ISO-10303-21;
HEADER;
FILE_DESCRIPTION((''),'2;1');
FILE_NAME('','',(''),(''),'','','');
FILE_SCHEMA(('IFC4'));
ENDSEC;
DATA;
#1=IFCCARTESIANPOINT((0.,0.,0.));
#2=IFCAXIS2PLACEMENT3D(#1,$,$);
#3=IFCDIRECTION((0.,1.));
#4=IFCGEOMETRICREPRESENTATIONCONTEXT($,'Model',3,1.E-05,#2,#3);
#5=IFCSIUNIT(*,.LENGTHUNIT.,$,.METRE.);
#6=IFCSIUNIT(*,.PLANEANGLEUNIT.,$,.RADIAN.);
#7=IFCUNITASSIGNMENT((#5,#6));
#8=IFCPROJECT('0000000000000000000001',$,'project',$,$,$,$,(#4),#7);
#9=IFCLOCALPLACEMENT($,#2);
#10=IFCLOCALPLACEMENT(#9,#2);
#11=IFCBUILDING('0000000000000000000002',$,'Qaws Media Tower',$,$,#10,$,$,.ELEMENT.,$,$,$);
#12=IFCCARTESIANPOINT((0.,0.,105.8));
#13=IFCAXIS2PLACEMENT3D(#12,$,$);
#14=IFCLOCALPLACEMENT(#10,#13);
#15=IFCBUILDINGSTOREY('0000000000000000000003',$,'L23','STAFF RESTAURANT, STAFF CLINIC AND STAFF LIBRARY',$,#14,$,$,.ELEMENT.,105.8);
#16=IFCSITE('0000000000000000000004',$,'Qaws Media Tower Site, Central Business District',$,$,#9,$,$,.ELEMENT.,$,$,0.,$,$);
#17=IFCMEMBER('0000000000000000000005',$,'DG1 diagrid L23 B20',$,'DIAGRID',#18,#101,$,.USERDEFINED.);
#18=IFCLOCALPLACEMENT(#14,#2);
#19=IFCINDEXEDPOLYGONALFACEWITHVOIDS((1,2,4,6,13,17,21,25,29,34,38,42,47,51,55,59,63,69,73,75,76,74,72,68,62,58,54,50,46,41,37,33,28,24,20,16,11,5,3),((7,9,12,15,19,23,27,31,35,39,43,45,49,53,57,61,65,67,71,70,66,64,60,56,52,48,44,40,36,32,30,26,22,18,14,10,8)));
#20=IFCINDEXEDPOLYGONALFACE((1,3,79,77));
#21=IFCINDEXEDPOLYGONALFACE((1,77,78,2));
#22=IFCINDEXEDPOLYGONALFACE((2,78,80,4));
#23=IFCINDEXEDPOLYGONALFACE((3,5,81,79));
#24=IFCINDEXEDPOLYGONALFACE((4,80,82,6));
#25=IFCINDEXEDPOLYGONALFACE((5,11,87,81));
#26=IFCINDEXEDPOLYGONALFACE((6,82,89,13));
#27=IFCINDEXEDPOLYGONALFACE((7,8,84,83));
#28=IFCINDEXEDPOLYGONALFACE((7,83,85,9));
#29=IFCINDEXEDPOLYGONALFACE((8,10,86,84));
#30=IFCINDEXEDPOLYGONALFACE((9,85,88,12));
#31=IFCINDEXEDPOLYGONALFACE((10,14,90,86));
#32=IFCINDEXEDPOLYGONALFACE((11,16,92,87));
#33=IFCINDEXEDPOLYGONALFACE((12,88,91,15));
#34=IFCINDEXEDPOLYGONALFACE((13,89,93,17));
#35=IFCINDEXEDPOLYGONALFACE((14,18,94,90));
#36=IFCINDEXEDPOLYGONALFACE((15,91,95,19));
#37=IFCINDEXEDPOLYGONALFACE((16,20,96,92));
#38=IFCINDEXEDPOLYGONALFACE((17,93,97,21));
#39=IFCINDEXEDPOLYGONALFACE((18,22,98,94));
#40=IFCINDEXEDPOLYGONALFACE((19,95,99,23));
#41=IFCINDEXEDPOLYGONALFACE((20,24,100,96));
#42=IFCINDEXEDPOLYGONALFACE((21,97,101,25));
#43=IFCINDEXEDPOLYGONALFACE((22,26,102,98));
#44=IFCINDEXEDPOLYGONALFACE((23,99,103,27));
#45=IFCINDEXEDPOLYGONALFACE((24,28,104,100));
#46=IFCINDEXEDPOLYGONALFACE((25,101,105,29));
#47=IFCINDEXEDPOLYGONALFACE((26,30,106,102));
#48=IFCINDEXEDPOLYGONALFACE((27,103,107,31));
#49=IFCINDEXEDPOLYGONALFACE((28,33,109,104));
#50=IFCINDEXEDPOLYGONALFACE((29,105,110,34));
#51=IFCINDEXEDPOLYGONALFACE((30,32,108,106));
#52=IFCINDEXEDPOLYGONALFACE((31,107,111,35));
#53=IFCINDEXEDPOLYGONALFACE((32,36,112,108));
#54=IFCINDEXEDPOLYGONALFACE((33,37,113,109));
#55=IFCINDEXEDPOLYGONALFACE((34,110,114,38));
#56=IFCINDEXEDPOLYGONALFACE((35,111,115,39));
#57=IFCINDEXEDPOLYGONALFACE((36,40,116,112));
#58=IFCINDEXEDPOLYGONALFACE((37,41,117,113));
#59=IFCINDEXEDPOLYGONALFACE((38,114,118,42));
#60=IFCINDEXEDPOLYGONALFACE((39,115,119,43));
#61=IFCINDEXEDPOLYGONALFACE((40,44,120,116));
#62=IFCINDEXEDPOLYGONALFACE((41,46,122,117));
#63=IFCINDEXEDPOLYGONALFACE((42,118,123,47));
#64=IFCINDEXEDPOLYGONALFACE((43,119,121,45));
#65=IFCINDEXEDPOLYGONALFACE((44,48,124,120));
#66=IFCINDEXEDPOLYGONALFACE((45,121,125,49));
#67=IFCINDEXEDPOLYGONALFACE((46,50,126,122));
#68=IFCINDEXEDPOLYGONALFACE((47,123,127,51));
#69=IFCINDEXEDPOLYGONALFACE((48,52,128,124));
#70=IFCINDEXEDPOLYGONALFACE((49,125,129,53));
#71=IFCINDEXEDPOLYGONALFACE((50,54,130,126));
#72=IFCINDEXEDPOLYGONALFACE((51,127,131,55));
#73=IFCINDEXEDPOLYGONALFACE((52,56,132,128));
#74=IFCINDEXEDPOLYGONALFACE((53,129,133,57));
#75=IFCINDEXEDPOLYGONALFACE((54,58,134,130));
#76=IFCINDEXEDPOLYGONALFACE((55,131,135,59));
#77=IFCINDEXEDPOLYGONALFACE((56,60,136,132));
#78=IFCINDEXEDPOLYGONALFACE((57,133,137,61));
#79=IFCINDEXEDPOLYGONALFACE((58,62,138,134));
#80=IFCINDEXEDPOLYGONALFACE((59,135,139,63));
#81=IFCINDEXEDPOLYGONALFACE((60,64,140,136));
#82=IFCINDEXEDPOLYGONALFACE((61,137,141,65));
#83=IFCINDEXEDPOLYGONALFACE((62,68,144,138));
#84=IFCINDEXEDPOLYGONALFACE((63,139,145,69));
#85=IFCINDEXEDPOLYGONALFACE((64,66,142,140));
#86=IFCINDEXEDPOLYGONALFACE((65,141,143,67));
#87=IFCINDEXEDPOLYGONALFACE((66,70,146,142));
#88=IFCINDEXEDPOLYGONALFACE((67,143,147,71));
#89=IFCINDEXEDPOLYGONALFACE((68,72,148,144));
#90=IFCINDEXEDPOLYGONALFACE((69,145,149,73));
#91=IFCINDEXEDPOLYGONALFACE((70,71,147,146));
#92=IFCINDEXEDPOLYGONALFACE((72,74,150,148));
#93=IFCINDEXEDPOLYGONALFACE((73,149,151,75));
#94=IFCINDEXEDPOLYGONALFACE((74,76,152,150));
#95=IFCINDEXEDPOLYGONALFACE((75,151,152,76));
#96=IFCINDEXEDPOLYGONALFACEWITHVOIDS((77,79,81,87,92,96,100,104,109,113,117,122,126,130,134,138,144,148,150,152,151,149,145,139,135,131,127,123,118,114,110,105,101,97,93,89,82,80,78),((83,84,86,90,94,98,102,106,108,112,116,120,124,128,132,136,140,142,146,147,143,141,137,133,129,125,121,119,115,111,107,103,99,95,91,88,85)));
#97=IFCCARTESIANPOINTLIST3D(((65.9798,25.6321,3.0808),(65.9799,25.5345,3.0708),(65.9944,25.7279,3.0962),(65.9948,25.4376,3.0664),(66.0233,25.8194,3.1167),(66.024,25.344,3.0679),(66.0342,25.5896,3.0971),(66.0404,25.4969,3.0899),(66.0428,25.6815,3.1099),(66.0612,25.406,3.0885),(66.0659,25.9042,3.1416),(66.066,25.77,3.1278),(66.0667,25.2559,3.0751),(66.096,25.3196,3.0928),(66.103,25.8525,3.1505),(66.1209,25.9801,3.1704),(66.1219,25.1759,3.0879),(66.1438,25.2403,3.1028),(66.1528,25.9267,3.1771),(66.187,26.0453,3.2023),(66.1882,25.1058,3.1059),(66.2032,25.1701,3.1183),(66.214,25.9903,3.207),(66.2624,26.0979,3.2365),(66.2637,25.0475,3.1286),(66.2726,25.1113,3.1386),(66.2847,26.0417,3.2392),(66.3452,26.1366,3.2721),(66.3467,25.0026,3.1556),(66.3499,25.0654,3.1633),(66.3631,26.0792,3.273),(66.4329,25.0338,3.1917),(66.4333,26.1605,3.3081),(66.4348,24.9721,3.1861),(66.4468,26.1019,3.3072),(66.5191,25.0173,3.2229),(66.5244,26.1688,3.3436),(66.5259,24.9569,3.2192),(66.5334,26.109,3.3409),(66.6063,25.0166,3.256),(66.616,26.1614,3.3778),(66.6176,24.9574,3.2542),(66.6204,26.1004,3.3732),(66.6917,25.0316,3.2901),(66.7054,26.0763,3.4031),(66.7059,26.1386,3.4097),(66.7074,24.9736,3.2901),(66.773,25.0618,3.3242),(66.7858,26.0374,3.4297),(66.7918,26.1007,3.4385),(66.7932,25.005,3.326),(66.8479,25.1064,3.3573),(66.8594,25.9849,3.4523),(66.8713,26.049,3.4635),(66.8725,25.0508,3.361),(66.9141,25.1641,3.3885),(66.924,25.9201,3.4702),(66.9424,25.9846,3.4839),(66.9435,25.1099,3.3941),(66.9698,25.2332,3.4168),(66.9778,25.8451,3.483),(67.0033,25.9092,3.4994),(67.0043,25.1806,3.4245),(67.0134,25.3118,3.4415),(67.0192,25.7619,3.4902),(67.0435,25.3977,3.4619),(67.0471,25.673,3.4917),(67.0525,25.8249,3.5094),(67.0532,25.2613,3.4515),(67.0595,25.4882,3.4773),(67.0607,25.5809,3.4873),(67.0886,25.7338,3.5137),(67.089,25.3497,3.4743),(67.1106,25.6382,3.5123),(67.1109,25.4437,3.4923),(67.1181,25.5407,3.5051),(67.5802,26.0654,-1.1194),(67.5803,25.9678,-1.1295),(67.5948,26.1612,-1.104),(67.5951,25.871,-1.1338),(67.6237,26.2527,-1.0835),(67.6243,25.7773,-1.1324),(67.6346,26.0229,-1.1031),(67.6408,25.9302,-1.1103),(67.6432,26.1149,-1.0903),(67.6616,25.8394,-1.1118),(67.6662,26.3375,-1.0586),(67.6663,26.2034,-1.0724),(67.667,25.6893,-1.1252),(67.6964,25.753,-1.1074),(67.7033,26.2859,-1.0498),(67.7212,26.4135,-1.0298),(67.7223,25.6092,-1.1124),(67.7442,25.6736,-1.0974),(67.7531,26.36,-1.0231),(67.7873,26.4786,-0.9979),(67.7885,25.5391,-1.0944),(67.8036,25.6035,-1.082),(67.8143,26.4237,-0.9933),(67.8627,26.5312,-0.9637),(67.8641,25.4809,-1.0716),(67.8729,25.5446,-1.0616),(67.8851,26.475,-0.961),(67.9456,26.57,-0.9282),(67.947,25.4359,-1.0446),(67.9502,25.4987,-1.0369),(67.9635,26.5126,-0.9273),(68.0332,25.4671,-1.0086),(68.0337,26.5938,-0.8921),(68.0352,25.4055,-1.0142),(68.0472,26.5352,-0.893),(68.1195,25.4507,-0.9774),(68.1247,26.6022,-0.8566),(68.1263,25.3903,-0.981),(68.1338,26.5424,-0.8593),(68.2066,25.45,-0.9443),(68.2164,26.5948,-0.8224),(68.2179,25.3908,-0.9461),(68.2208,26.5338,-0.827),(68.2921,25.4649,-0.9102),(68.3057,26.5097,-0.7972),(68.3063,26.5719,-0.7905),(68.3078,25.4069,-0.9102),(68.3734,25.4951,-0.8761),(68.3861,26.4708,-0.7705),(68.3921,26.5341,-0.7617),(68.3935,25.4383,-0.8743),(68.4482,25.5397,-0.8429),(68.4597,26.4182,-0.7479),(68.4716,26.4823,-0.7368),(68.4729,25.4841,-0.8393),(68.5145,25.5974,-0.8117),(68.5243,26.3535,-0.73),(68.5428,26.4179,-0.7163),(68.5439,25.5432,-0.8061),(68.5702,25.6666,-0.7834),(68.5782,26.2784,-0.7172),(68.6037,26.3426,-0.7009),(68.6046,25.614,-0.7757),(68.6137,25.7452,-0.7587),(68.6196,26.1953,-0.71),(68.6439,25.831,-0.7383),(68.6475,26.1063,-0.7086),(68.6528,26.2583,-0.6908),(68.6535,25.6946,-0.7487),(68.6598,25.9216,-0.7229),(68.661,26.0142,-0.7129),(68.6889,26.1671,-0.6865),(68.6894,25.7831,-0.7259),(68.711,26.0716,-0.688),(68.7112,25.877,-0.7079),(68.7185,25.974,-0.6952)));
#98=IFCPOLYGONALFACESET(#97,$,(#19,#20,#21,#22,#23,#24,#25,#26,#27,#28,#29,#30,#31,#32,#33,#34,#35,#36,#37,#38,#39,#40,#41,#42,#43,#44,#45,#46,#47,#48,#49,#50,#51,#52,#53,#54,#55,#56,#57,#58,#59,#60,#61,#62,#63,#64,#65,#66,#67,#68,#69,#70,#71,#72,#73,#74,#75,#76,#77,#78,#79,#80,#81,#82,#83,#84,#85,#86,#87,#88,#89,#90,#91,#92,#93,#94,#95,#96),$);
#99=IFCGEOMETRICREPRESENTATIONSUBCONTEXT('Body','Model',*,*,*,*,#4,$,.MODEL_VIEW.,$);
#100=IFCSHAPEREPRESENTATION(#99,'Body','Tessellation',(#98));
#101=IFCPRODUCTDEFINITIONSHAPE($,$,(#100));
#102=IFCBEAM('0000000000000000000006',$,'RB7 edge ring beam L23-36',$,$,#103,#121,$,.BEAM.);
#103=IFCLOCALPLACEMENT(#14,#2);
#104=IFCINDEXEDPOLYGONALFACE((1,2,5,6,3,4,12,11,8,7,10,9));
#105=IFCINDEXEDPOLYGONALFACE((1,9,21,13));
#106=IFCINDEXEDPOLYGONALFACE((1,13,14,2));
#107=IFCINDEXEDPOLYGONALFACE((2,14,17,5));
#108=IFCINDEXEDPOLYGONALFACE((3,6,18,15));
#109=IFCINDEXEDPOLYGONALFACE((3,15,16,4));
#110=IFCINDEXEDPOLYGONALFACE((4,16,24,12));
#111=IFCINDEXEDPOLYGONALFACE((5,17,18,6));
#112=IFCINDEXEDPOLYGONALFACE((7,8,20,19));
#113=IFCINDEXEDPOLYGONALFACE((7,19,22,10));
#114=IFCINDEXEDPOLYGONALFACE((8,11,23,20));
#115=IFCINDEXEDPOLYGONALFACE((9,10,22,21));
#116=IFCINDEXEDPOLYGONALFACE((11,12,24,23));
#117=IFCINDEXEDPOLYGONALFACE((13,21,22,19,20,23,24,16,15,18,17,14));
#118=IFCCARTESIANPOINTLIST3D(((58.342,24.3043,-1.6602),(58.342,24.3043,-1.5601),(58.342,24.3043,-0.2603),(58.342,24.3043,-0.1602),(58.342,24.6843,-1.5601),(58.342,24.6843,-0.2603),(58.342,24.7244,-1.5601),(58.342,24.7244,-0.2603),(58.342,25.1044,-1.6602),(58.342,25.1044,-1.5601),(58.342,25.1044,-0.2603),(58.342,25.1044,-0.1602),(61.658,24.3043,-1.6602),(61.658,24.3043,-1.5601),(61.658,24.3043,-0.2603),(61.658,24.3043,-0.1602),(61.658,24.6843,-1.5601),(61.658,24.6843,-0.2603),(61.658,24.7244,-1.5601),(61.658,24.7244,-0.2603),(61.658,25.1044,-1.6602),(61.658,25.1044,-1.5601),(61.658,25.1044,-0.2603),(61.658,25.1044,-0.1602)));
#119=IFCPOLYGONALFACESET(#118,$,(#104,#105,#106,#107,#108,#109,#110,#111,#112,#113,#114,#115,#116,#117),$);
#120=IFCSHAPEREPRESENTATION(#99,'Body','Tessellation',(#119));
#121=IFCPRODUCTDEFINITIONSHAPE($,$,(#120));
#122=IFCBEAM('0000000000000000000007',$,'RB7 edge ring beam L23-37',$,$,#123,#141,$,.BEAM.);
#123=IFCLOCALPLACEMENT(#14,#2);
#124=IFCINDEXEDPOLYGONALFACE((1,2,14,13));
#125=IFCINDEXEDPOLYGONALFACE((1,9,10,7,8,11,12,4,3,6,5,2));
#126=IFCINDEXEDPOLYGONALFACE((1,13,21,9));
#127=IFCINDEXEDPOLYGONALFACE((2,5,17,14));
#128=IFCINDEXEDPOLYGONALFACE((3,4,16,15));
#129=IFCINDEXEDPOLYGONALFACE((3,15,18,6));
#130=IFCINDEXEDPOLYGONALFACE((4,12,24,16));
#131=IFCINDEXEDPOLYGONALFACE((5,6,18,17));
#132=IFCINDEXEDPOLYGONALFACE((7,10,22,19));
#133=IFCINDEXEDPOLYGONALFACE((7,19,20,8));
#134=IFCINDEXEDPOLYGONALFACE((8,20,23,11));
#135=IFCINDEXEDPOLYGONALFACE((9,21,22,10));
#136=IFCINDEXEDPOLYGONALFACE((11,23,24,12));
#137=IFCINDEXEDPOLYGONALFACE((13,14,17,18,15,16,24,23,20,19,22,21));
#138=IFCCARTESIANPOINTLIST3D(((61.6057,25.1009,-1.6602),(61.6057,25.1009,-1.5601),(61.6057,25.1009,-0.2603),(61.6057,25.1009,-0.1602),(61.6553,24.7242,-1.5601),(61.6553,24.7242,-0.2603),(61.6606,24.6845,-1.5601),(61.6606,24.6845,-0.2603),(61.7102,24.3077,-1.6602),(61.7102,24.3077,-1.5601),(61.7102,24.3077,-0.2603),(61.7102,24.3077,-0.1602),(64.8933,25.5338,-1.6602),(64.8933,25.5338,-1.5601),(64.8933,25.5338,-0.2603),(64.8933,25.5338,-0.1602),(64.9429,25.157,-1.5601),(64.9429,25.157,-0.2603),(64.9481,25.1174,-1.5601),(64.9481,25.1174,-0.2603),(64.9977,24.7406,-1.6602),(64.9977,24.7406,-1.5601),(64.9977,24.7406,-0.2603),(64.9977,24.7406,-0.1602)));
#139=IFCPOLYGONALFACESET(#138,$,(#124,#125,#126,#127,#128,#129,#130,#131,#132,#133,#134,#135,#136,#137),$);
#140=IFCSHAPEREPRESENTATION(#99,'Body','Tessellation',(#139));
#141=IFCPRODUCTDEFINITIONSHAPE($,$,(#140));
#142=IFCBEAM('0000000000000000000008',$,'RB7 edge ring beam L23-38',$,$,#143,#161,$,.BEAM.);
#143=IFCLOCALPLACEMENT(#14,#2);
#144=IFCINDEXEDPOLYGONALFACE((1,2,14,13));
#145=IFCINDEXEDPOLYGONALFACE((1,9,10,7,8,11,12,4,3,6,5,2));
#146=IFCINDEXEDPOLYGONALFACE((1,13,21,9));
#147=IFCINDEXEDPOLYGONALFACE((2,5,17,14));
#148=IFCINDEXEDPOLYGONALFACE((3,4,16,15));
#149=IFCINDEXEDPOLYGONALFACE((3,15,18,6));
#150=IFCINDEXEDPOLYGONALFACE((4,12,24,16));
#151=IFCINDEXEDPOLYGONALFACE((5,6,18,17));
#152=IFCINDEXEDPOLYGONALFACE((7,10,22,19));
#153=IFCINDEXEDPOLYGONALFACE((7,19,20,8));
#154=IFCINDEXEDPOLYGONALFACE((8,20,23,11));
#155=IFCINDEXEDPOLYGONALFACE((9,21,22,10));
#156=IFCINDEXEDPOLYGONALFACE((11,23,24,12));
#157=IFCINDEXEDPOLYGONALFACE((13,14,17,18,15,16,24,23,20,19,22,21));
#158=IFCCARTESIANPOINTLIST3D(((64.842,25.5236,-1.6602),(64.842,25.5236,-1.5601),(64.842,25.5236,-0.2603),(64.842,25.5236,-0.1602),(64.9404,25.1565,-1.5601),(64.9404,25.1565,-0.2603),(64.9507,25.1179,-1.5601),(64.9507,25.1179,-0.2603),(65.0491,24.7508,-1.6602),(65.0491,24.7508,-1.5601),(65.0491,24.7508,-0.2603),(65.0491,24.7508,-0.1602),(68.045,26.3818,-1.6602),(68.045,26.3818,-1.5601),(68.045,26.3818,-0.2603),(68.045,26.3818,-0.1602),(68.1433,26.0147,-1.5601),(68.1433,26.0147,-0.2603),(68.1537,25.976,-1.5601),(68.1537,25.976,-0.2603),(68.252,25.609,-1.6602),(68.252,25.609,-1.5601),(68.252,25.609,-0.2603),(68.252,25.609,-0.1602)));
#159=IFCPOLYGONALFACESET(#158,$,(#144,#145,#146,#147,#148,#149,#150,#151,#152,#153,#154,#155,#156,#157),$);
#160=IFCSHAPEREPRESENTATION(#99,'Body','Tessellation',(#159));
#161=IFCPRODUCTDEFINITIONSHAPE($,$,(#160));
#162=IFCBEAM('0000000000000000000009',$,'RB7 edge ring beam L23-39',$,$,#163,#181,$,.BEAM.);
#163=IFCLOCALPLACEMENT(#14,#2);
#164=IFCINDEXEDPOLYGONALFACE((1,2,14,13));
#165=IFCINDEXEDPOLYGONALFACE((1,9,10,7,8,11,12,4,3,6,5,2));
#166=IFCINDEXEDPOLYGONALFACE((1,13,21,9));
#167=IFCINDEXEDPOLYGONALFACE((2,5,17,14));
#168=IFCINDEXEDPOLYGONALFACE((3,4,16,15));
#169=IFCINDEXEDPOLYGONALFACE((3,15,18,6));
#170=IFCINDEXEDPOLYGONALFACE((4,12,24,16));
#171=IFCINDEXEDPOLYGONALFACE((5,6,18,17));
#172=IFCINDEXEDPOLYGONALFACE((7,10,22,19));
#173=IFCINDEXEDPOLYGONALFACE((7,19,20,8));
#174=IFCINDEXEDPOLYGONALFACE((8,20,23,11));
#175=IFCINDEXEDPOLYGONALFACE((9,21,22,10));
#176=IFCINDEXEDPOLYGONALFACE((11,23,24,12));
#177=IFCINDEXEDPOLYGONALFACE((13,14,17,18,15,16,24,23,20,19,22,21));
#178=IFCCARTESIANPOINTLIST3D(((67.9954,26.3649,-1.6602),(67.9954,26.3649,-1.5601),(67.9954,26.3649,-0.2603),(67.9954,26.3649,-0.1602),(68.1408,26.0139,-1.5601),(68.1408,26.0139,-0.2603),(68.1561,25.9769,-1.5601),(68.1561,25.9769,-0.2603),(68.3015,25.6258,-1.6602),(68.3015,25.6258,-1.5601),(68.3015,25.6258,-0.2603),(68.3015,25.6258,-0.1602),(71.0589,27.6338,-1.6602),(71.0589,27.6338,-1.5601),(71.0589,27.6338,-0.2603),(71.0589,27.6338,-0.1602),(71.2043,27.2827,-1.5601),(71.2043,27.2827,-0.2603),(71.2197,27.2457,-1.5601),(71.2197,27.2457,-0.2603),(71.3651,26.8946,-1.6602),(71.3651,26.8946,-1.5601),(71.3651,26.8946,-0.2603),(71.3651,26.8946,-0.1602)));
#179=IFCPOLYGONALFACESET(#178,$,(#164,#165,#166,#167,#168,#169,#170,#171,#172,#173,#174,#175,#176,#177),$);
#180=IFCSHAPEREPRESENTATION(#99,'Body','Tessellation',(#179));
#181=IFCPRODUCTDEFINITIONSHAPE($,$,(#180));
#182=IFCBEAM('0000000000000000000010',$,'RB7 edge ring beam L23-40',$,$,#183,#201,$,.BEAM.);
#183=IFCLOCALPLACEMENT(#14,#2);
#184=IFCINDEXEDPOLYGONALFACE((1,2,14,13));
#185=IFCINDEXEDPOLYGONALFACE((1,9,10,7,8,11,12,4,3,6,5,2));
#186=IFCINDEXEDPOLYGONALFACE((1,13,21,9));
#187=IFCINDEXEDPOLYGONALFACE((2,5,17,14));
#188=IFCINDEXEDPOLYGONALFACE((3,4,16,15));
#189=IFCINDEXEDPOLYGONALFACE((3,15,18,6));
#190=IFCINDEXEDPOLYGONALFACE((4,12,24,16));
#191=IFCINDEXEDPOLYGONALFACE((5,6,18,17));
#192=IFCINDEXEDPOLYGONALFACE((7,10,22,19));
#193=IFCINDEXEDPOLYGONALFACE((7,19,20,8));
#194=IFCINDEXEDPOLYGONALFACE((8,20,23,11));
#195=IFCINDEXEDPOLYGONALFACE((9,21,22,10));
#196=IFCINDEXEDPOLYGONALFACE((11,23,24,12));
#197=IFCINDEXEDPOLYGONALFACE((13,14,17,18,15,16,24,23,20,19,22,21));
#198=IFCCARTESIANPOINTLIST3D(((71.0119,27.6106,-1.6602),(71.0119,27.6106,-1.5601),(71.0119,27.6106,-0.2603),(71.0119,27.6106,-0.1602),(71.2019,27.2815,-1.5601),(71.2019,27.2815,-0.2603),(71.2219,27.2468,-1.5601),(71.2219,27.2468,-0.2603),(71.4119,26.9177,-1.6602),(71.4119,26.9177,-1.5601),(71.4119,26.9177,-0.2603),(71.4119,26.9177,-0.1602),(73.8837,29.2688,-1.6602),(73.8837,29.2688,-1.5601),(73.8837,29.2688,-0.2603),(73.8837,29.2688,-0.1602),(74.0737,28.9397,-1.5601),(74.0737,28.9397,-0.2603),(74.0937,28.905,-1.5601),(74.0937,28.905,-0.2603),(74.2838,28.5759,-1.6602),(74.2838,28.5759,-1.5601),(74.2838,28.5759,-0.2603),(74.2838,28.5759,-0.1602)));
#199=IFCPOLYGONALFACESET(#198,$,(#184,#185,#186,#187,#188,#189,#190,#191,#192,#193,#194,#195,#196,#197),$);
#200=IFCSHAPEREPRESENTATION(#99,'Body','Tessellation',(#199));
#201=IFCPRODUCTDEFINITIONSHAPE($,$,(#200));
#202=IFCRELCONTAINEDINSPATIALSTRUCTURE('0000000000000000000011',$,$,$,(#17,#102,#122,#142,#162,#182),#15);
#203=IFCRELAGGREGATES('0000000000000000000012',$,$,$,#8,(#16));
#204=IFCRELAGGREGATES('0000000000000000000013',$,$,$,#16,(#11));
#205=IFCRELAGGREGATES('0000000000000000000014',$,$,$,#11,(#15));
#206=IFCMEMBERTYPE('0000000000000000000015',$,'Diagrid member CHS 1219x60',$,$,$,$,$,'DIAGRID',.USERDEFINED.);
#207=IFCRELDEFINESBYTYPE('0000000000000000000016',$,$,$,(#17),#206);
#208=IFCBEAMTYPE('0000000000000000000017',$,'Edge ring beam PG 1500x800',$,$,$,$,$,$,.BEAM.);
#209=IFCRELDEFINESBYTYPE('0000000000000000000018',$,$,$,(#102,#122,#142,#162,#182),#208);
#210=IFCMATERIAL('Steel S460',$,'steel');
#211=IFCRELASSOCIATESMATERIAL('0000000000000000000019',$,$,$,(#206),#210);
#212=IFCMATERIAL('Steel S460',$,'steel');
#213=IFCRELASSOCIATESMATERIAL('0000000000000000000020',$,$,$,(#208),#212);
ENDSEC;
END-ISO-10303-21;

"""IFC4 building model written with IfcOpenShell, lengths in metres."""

from ifc_helpers import new_model, si_unit, direction, frame, origin, origin_2d, place, context, subcontext, project, spatial, hollow_circle, i_section, extrude, material, material_profile, profile_set, type_object, element, save


model = new_model("IFC4")

# Units and contexts
model_context = context("Model", 3, precision=1e-05, world=origin(), true_north=direction((0.0, 1.0)))
body_context = subcontext(model_context, "Body", "Model", "MODEL_VIEW")
ifc_project = project(units=[si_unit("LENGTHUNIT", "METRE"), si_unit("PLANEANGLEUNIT", "RADIAN")], contexts=[model_context])

# Site, building, storey
site_placement = place(None, origin())
site = spatial("IfcSite", under=ifc_project, at=site_placement, Name="Qaws Media Tower Site, Central Business District", CompositionType="ELEMENT", RefElevation=0.0)
building_placement = place(site_placement, origin())
building = spatial("IfcBuilding", under=site, at=building_placement, Name="Qaws Media Tower", CompositionType="ELEMENT")
storey_placement = place(building_placement, frame((0.0, 0.0, 105.8)))
storey = spatial("IfcBuildingStorey", under=building, at=storey_placement, Name="L23", Description="STAFF RESTAURANT, STAFF CLINIC AND STAFF LIBRARY", CompositionType="ELEMENT", Elevation=105.8)

# Member
ifc_material_1 = material(Name="Steel S460", Category="steel")
ifc_material_profile_1 = material_profile(ifc_material_1, hollow_circle(Radius=0.6096, WallThickness=0.0601, at=origin_2d()), Name="CHS 1219x60")
ifc_profile_set_1 = profile_set([ifc_material_profile_1], Name="Steel S460")
member_type_1 = type_object("IfcMemberType", Name="Diagrid member CHS 1219x60", ElementType="DIAGRID", PredefinedType="USERDEFINED", material=ifc_profile_set_1)
for number, where, z_axis, x_axis, name in (
    (1, (68.1484, 25.9954, -0.9102), (-0.354404, -0.095968, 0.930155), (0.261373, -0.965238, 0.0), "DG1 diagrid L23 B20"),
):
    element("IfcMember", number, at=place(storey_placement, frame(where, z_axis=z_axis, x_axis=x_axis)), inside=storey, type_object=member_type_1, Name=name, ObjectType="DIAGRID", PredefinedType="USERDEFINED", context=body_context, shape_type="SweptSolid", body=[
        extrude(hollow_circle(Radius=0.6096, WallThickness=0.0601, at=origin_2d()), origin(), (0.0, 0.0, 1.0), 4.5156),
    ])

# Beams
ifc_material_2 = material(Name="Steel S460", Category="steel")
ifc_material_profile_2 = material_profile(ifc_material_2, i_section(OverallWidth=0.8, OverallDepth=1.5, WebThickness=0.04, FlangeThickness=0.1001, at=origin_2d()), Name="PG 1500x800")
ifc_profile_set_2 = profile_set([ifc_material_profile_2], Name="Steel S460")
beam_type = type_object("IfcBeamType", Name="Edge ring beam PG 1500x800", PredefinedType="BEAM", material=ifc_profile_set_2)
for number, where, z_axis, x_axis, name in (
    (2, (58.342, 24.7043, -0.9102), (1.0, 0.0, 0.0), (0.0, 1.0, 0.0), "RB7 edge ring beam L23-36"),
    (3, (61.658, 24.7043, -0.9102), (0.991443, 0.130538, 0.0), (-0.130538, 0.991443, 0.0), "RB7 edge ring beam L23-37"),
    (4, (64.9456, 25.1372, -0.9102), (0.96593, 0.258804, 0.0), (-0.258804, 0.96593, 0.0), "RB7 edge ring beam L23-38"),
    (5, (68.1484, 25.9954, -0.9102), (0.923894, 0.382649, 0.0), (-0.382649, 0.923894, 0.0), "RB7 edge ring beam L23-39"),
):
    element("IfcBeam", number, at=place(storey_placement, frame(where, z_axis=z_axis, x_axis=x_axis)), inside=storey, type_object=beam_type, Name=name, PredefinedType="BEAM", context=body_context, shape_type="SweptSolid", body=[
        extrude(i_section(OverallWidth=0.8, OverallDepth=1.5, WebThickness=0.04, FlangeThickness=0.1001, at=origin_2d()), origin(), (0.0, 0.0, 1.0), 3.3159),
    ])
beam_placement = place(storey_placement, frame((71.2119, 27.2642, -0.9102), z_axis=(0.866005, 0.500035, 0.0), x_axis=(-0.500035, 0.866005, 0.0)))
element("IfcBeam", 6, at=beam_placement, inside=storey, type_object=beam_type, Name="RB7 edge ring beam L23-40", PredefinedType="BEAM", context=body_context, shape_type="SweptSolid", body=[
    extrude(i_section(OverallWidth=0.8, OverallDepth=1.5, WebThickness=0.04, FlangeThickness=0.1001, at=origin_2d()), origin(), (0.0, 0.0, 1.0), 3.3162),
])

save(model, "model.ifc")
